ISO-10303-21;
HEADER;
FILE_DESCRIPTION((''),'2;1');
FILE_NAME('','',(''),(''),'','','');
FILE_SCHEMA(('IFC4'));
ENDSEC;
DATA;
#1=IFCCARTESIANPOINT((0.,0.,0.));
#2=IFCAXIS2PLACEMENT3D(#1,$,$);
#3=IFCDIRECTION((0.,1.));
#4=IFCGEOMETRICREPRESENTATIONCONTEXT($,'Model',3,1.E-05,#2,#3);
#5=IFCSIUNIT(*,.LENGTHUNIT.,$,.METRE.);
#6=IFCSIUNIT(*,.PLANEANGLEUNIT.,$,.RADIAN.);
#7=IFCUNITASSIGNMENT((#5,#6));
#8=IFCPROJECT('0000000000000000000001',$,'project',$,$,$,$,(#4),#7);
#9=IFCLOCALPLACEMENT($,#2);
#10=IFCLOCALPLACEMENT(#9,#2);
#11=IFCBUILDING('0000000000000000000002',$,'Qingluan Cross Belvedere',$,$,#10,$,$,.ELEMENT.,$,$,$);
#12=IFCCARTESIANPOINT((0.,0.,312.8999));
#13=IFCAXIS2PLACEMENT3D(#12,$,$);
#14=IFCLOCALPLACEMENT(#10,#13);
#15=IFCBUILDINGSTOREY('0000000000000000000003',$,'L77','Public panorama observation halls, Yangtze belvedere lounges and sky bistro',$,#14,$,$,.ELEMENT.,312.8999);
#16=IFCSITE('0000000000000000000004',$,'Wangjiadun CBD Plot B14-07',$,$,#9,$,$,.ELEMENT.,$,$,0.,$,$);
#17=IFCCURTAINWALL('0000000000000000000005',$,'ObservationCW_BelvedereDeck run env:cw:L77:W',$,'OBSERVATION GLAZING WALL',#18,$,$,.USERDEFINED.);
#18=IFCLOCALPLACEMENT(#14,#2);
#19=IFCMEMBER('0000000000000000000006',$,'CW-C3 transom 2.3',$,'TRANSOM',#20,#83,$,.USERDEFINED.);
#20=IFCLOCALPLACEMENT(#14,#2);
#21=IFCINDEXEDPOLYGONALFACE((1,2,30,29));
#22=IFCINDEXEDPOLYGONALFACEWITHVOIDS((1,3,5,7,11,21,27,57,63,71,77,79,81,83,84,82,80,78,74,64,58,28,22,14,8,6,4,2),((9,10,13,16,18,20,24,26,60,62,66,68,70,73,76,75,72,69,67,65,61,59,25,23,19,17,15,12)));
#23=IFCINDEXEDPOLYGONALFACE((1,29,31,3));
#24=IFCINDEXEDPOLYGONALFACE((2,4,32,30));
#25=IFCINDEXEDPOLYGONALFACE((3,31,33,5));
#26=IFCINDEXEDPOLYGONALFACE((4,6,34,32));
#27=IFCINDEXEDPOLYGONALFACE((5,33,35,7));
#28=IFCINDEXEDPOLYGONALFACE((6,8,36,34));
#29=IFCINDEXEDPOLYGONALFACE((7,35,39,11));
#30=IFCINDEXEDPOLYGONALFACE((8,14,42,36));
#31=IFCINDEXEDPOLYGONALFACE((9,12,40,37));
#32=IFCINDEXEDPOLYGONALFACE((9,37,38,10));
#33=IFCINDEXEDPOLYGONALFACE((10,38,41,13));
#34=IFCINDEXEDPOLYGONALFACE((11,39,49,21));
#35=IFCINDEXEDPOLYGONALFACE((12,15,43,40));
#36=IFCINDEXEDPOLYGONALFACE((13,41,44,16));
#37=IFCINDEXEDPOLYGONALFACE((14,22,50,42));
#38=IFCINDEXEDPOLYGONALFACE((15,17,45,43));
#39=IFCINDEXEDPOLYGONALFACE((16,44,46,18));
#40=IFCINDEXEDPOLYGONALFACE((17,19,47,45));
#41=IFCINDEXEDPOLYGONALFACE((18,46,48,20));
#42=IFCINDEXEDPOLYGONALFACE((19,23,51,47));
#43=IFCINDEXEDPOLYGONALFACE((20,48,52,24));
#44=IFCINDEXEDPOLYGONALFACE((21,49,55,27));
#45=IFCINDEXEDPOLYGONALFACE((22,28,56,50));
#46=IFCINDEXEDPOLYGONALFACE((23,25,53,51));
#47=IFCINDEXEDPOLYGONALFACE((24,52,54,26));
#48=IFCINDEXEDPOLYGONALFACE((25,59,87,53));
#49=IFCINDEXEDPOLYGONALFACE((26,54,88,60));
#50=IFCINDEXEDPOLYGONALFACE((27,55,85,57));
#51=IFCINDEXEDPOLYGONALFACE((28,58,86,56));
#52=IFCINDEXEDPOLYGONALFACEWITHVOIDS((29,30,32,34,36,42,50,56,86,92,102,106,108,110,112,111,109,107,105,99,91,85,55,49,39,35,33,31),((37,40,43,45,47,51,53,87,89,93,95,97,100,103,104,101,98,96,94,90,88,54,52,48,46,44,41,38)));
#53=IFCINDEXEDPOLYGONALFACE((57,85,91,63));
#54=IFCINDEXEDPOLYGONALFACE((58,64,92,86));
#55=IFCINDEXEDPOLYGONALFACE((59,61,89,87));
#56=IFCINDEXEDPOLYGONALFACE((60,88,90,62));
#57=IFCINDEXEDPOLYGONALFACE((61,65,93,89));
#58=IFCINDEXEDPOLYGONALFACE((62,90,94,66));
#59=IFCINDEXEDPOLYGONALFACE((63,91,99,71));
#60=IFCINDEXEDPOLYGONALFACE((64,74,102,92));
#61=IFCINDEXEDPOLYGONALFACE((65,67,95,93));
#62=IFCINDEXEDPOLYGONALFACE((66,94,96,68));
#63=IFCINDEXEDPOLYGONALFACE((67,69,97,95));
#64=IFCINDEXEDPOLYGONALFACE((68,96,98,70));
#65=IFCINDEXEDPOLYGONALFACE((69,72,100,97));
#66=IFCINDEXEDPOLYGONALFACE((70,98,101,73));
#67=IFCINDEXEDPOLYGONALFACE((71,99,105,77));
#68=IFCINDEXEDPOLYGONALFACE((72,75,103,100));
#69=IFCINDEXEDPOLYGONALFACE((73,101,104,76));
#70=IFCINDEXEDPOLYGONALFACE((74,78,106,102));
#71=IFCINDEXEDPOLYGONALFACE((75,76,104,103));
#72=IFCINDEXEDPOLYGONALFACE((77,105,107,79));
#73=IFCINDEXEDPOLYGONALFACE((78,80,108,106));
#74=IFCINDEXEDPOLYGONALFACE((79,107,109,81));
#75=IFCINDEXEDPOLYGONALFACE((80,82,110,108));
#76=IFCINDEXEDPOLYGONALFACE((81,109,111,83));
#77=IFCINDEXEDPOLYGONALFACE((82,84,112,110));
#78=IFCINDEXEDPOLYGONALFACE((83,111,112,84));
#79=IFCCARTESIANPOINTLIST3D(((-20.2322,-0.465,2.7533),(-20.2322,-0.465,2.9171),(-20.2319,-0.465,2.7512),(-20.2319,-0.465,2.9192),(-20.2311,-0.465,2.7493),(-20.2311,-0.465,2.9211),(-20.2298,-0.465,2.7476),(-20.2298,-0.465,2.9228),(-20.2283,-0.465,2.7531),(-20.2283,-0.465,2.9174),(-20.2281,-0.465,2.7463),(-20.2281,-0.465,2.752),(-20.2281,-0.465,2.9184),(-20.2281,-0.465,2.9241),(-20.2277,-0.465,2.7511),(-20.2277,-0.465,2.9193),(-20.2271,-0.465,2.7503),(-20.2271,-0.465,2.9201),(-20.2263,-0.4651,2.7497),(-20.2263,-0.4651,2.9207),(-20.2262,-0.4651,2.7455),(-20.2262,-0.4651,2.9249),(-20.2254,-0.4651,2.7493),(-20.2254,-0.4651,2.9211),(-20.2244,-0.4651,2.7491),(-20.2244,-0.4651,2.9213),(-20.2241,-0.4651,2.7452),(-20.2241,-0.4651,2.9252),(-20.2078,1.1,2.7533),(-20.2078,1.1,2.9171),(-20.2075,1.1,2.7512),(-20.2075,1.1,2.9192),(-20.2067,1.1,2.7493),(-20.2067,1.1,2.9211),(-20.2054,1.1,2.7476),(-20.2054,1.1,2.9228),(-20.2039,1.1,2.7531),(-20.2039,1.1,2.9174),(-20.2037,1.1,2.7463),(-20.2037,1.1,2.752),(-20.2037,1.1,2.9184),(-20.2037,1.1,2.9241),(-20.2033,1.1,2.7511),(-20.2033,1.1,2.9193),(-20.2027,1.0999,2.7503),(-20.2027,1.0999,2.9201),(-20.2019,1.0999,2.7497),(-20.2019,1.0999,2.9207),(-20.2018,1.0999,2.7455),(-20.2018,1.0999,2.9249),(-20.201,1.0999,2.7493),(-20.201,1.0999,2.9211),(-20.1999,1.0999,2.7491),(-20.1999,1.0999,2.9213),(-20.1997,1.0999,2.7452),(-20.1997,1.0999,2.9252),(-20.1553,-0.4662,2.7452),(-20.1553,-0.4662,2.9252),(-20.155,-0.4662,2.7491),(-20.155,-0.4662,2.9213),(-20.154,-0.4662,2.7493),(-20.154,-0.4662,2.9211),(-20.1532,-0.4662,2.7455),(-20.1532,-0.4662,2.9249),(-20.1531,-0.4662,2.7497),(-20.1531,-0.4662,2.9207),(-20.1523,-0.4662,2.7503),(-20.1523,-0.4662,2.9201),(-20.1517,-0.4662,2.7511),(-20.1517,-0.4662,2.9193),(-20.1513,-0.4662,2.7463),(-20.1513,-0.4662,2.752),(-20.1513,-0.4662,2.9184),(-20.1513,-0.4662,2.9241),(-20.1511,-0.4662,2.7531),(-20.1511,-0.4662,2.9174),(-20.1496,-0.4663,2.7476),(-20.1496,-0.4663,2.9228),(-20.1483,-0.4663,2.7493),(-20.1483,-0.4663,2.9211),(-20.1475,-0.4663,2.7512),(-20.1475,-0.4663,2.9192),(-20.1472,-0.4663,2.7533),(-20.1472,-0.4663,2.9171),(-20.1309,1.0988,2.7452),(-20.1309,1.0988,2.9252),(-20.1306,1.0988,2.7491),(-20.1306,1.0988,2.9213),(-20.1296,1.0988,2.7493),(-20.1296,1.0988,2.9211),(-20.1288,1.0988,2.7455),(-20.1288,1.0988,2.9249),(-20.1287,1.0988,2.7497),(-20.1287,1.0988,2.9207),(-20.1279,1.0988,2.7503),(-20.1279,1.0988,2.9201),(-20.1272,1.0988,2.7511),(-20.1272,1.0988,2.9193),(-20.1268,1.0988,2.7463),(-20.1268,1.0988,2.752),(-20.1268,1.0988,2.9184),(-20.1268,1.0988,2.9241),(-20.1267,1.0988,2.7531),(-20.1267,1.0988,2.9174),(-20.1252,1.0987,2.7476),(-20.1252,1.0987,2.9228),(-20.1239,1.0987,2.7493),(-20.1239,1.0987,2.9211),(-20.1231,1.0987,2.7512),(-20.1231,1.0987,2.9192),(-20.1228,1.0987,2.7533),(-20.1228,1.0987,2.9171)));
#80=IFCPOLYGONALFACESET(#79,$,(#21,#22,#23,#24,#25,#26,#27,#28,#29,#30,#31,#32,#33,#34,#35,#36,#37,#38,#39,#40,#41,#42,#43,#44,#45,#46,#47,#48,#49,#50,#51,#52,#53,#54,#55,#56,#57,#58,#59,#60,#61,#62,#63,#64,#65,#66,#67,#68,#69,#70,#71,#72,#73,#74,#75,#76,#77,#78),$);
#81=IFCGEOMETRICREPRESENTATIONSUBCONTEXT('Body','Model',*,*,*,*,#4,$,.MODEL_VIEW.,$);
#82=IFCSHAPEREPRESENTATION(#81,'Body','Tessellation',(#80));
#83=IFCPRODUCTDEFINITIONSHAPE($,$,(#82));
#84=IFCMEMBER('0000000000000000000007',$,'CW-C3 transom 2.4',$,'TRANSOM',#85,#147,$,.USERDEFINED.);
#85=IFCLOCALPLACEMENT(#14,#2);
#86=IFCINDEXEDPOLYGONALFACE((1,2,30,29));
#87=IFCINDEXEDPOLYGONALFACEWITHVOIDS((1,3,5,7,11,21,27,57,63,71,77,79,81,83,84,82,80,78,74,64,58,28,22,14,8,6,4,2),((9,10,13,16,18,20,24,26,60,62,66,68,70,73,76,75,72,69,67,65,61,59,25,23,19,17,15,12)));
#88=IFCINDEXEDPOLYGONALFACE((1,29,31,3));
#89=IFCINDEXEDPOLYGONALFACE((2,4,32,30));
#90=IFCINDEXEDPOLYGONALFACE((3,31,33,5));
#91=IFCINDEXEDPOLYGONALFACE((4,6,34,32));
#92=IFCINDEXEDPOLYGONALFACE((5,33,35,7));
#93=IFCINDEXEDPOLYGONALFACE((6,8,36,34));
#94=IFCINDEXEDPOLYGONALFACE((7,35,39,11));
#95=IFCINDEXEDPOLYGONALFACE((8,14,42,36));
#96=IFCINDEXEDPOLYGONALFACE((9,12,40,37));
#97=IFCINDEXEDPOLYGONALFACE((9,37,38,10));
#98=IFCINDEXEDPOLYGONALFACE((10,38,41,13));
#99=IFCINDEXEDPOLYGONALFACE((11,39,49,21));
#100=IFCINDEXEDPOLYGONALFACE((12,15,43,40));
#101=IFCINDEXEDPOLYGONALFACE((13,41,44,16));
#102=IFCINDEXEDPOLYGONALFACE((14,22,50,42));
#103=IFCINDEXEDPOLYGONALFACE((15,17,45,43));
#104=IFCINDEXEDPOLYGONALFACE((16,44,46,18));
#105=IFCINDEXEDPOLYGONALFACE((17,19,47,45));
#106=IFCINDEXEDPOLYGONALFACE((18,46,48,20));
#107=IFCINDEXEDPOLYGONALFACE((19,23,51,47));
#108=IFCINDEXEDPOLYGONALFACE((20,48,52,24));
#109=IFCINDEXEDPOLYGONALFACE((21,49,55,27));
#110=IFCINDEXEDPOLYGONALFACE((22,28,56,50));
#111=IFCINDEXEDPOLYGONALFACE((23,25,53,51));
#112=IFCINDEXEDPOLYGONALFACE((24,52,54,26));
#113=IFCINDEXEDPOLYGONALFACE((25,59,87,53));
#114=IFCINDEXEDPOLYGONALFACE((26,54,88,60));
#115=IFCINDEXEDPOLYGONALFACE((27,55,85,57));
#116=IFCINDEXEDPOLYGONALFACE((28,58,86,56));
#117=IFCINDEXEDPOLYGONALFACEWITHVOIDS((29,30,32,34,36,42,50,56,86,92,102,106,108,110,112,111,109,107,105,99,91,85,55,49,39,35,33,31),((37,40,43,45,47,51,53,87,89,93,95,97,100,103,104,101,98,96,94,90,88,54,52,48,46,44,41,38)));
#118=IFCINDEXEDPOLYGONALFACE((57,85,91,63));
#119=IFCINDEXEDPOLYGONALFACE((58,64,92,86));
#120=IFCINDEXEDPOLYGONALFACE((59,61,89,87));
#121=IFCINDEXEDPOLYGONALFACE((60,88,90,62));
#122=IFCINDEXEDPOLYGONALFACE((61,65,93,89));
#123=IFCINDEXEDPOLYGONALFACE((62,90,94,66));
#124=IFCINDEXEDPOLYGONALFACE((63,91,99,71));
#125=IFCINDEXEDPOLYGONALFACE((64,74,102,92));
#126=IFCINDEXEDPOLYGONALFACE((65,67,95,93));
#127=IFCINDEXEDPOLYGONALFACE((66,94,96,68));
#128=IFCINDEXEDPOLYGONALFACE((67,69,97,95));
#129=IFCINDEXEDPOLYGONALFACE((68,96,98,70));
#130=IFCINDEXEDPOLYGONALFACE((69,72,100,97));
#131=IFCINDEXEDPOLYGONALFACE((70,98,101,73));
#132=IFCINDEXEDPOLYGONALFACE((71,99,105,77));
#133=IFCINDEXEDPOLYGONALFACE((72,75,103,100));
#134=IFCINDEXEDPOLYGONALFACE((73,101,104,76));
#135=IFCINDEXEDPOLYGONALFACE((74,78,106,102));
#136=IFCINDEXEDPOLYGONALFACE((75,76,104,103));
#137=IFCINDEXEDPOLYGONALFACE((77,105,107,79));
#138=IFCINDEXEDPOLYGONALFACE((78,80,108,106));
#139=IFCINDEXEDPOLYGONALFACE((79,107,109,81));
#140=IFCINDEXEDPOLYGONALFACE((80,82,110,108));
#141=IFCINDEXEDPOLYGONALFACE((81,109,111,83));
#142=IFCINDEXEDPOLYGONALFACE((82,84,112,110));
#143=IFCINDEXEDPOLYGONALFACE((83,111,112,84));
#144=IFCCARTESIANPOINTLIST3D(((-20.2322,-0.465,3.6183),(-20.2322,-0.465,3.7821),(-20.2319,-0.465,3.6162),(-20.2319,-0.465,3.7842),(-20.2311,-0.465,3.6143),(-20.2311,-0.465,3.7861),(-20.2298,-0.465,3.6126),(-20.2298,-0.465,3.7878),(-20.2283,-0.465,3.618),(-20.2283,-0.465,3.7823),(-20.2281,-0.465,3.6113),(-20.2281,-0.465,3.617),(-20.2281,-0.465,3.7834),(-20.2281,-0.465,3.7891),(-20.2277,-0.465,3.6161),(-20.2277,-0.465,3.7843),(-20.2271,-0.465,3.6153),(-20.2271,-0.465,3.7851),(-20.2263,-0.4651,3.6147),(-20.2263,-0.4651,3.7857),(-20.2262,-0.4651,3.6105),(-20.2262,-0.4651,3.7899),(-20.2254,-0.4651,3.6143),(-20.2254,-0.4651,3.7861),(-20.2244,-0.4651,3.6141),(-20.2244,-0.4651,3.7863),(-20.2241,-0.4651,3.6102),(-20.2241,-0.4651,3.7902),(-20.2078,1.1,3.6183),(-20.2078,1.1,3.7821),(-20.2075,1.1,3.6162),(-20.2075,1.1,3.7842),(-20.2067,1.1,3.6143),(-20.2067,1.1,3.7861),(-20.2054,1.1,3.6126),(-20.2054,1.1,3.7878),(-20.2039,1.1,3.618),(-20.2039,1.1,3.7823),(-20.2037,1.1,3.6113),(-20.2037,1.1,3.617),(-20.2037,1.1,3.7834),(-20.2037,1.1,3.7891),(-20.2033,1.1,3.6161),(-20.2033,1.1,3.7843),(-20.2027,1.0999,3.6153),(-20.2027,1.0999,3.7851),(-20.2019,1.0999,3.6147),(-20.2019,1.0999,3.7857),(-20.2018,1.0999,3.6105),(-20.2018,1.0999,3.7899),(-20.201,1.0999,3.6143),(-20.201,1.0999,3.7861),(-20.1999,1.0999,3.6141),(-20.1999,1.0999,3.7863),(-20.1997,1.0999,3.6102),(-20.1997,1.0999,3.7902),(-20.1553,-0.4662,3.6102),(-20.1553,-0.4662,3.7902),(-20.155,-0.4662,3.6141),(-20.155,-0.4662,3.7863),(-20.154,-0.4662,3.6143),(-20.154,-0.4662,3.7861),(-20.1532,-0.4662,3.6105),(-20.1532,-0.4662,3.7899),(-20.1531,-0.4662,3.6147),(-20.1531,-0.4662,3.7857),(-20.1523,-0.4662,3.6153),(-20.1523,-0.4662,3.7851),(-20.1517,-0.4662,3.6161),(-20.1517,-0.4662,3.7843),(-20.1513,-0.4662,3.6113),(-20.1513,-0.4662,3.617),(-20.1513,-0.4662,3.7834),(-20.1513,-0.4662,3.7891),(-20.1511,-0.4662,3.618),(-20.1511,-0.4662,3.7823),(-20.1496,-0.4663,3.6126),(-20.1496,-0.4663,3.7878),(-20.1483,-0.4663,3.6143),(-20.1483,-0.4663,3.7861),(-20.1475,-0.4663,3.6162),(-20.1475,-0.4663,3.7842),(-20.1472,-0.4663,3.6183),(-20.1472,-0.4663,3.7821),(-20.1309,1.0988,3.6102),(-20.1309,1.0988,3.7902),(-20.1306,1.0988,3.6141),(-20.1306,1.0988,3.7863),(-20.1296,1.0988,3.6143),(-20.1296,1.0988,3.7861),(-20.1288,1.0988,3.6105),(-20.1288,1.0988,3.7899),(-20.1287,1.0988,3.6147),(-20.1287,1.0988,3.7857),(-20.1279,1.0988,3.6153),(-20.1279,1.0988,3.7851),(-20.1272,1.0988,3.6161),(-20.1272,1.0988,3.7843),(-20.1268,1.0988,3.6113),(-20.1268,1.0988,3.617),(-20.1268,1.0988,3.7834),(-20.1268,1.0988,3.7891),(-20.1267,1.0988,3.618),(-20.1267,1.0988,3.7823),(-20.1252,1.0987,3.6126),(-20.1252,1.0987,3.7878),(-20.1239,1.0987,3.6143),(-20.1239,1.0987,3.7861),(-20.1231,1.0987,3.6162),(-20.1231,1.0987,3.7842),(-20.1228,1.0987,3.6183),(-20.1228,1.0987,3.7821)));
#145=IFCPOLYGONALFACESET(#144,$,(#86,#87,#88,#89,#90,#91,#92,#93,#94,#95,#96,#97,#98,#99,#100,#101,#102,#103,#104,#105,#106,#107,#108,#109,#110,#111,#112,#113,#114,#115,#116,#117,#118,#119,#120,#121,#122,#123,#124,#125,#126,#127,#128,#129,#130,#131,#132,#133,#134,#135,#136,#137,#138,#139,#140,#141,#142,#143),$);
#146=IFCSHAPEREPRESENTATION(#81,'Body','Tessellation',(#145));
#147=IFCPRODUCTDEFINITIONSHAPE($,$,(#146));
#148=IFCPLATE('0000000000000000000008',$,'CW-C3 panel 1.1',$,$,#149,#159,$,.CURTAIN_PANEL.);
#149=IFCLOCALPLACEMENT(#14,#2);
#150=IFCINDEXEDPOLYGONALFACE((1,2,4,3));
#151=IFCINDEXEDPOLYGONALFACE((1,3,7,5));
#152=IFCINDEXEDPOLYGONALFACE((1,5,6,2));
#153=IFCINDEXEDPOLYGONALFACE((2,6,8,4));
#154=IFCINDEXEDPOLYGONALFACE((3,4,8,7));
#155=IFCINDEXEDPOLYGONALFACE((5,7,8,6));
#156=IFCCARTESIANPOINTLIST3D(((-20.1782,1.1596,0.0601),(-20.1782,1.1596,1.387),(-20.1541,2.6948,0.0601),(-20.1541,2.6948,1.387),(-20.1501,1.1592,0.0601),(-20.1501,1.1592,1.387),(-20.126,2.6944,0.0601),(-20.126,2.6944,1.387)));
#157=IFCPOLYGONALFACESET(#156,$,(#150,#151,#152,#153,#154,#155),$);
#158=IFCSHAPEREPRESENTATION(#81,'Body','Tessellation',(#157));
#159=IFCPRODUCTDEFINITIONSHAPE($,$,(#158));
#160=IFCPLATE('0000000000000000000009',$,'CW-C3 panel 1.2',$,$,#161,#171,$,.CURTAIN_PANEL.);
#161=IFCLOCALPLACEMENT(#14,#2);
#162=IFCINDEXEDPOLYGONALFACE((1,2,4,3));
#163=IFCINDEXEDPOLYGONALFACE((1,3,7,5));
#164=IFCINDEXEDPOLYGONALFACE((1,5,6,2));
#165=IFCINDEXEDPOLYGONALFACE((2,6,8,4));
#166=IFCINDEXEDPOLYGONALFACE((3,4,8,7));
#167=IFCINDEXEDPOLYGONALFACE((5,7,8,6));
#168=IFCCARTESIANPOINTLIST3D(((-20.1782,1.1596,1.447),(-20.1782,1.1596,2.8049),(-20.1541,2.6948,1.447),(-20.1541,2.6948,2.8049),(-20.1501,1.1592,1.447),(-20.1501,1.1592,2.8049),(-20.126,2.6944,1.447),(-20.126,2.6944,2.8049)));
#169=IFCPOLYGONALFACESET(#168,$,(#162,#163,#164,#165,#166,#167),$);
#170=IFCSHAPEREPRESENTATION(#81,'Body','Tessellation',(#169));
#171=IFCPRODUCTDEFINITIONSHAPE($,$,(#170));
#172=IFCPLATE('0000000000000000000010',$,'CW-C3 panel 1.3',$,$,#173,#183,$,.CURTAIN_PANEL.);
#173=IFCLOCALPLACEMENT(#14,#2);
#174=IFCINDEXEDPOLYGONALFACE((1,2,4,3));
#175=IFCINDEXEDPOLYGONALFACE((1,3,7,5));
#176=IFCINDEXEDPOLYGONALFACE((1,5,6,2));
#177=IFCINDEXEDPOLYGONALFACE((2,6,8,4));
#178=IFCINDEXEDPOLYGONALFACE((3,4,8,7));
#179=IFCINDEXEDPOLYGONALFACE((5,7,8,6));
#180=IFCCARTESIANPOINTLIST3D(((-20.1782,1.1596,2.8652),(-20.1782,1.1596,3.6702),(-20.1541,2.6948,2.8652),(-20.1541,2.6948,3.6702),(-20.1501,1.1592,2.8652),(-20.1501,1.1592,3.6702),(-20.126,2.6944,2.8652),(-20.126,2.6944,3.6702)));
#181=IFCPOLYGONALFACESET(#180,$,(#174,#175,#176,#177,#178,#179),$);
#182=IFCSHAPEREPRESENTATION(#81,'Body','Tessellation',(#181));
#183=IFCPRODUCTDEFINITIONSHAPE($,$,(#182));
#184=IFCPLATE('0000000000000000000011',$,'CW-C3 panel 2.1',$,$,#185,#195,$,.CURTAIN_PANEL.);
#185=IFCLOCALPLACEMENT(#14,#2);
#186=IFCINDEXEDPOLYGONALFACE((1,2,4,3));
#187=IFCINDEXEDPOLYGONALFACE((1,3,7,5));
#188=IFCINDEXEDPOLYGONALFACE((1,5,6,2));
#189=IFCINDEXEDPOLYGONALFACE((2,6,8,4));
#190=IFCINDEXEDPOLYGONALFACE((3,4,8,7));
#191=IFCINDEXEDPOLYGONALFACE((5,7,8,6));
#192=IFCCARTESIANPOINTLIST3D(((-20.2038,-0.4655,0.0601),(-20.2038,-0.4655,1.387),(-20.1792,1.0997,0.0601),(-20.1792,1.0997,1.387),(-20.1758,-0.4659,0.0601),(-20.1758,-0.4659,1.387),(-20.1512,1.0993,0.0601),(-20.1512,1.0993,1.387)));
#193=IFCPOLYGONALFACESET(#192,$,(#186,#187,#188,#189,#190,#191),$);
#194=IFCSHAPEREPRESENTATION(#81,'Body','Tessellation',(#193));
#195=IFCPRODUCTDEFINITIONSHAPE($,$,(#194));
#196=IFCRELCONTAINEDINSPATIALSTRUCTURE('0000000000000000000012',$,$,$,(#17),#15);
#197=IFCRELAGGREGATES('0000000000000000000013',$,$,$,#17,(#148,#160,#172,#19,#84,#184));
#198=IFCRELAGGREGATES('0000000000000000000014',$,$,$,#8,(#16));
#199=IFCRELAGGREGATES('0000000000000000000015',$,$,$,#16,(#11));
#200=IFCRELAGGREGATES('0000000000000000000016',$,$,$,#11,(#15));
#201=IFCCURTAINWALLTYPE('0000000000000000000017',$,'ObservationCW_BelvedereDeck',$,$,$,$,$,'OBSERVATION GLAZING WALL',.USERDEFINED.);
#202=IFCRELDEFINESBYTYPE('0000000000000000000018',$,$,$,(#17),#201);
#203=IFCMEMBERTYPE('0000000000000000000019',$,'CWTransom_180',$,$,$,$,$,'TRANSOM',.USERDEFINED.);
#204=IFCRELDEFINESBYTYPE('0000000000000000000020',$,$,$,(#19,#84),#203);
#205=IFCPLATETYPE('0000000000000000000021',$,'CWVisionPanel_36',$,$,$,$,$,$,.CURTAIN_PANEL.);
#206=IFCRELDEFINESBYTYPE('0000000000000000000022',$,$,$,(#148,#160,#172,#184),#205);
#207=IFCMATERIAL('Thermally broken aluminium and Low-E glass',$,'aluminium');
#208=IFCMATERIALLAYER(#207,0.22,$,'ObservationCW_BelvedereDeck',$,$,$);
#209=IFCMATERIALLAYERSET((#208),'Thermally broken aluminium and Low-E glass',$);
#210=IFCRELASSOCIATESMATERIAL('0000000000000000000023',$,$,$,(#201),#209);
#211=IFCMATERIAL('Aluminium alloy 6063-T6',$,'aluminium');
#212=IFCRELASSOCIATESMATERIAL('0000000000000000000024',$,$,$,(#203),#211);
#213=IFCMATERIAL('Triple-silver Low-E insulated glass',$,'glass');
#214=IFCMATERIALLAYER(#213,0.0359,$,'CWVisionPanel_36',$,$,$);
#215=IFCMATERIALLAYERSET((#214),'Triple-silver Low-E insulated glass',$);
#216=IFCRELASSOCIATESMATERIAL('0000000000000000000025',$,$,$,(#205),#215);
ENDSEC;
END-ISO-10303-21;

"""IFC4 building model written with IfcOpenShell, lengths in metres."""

from ifc_helpers import new_model, si_unit, direction, frame, origin, origin_2d, place, context, subcontext, project, spatial, rectangle, hollow_rectangle, extrude, material, layer, layer_set, material_profile, profile_set, type_object, element, aggregate, save


model = new_model("IFC4")

# Units and contexts
model_context = context("Model", 3, precision=1e-05, world=origin(), true_north=direction((0.0, 1.0)))
body_context = subcontext(model_context, "Body", "Model", "MODEL_VIEW")
ifc_project = project(units=[si_unit("LENGTHUNIT", "METRE"), si_unit("PLANEANGLEUNIT", "RADIAN")], contexts=[model_context])

# Site, building, storey
site_placement = place(None, origin())
site = spatial("IfcSite", under=ifc_project, at=site_placement, Name="Wangjiadun CBD Plot B14-07", CompositionType="ELEMENT", RefElevation=0.0)
building_placement = place(site_placement, origin())
building = spatial("IfcBuilding", under=site, at=building_placement, Name="Qingluan Cross Belvedere", CompositionType="ELEMENT")
storey_placement = place(building_placement, frame((0.0, 0.0, 312.8999)))
storey = spatial("IfcBuildingStorey", under=building, at=storey_placement, Name="L77", Description="Public panorama observation halls, Yangtze belvedere lounges and sky bistro", CompositionType="ELEMENT", Elevation=312.8999)

# Curtain wall, members, plates
ifc_material_1 = material(Name="Thermally broken aluminium and Low-E glass", Category="aluminium")
ifc_layer_1 = layer(ifc_material_1, 0.22, Name="ObservationCW_BelvedereDeck")
ifc_layer_set_1 = layer_set([ifc_layer_1], Name="Thermally broken aluminium and Low-E glass")
curtain_wall_type = type_object("IfcCurtainWallType", Name="ObservationCW_BelvedereDeck", ElementType="OBSERVATION GLAZING WALL", PredefinedType="USERDEFINED", material=ifc_layer_set_1)
curtain_wall_placement = place(storey_placement, origin())
curtain_wall = element("IfcCurtainWall", 1, at=curtain_wall_placement, inside=storey, type_object=curtain_wall_type, Name="ObservationCW_BelvedereDeck run env:cw:L77:W", ObjectType="OBSERVATION GLAZING WALL", PredefinedType="USERDEFINED")
ifc_material_2 = material(Name="Aluminium alloy 6063-T6", Category="aluminium")
ifc_material_profile_1 = material_profile(ifc_material_2, hollow_rectangle(XDim=0.085, YDim=0.1799, WallThickness=0.0039, InnerFilletRadius=0.0039, OuterFilletRadius=0.0081, at=origin_2d()), Name="CWT180x85x4")
ifc_profile_set_1 = profile_set([ifc_material_profile_1], Name="Aluminium alloy 6063-T6")
member_type_1 = type_object("IfcMemberType", Name="CWTransom_180", ElementType="TRANSOM", PredefinedType="USERDEFINED", material=ifc_profile_set_1)
member_1_placement = place(storey_placement, frame((-20.1653, 1.0994, 2.8352), z_axis=(-0.015599, -0.999878, 0.0), x_axis=(0.999878, -0.015599, 0.0)))
member_1 = element("IfcMember", 2, at=member_1_placement, type_object=member_type_1, Name="CW-C3 transom 2.3", ObjectType="TRANSOM", PredefinedType="USERDEFINED", context=body_context, shape_type="SweptSolid", body=[
    extrude(hollow_rectangle(XDim=0.085, YDim=0.1799, WallThickness=0.0039, InnerFilletRadius=0.0039, OuterFilletRadius=0.0081, at=origin_2d()), origin(), (0.0, 0.0, 1.0), 1.5652),
])
member_2_placement = place(storey_placement, frame((-20.1653, 1.0994, 3.7002), z_axis=(-0.015599, -0.999878, 0.0), x_axis=(0.999878, -0.015599, 0.0)))
member_2 = element("IfcMember", 3, at=member_2_placement, type_object=member_type_1, Name="CW-C3 transom 2.4", ObjectType="TRANSOM", PredefinedType="USERDEFINED", context=body_context, shape_type="SweptSolid", body=[
    extrude(hollow_rectangle(XDim=0.085, YDim=0.1799, WallThickness=0.0039, InnerFilletRadius=0.0039, OuterFilletRadius=0.0081, at=origin_2d()), origin(), (0.0, 0.0, 1.0), 1.5652),
])
ifc_material_3 = material(Name="Triple-silver Low-E insulated glass", Category="glass")
ifc_layer_2 = layer(ifc_material_3, 0.0359, Name="CWVisionPanel_36")
ifc_layer_set_2 = layer_set([ifc_layer_2], Name="Triple-silver Low-E insulated glass")
plate_type = type_object("IfcPlateType", Name="CWVisionPanel_36", PredefinedType="CURTAIN_PANEL", material=ifc_layer_set_2)
plate_1_placement = place(storey_placement, frame((-20.1521, 1.927, 0.0601), z_axis=(0.0, 0.0, 1.0), x_axis=(-0.01571, -0.999877, 0.0)))
plate_1 = element("IfcPlate", 4, at=plate_1_placement, type_object=plate_type, Name="CW-C3 panel 1.1", PredefinedType="CURTAIN_PANEL", context=body_context, shape_type="SweptSolid", body=[
    extrude(rectangle(XDim=1.5354, YDim=0.0281, at=origin_2d()), origin(), (0.0, 0.0, 1.0), 1.3269),
])
plate_2_placement = place(storey_placement, frame((-20.1521, 1.927, 1.447), z_axis=(0.0, 0.0, 1.0), x_axis=(-0.01571, -0.999877, 0.0)))
plate_2 = element("IfcPlate", 5, at=plate_2_placement, type_object=plate_type, Name="CW-C3 panel 1.2", PredefinedType="CURTAIN_PANEL", context=body_context, shape_type="SweptSolid", body=[
    extrude(rectangle(XDim=1.5354, YDim=0.0281, at=origin_2d()), origin(), (0.0, 0.0, 1.0), 1.3579),
])
plate_3_placement = place(storey_placement, frame((-20.1521, 1.927, 2.8652), z_axis=(0.0, 0.0, 1.0), x_axis=(-0.01571, -0.999877, 0.0)))
plate_3 = element("IfcPlate", 6, at=plate_3_placement, type_object=plate_type, Name="CW-C3 panel 1.3", PredefinedType="CURTAIN_PANEL", context=body_context, shape_type="SweptSolid", body=[
    extrude(rectangle(XDim=1.5354, YDim=0.0281, at=origin_2d()), origin(), (0.0, 0.0, 1.0), 0.8049),
])
plate_4_placement = place(storey_placement, frame((-20.1775, 0.3169, 0.0601), z_axis=(0.0, 0.0, 1.0), x_axis=(-0.01571, -0.999877, 0.0)))
plate_4 = element("IfcPlate", 7, at=plate_4_placement, type_object=plate_type, Name="CW-C3 panel 2.1", PredefinedType="CURTAIN_PANEL", context=body_context, shape_type="SweptSolid", body=[
    extrude(rectangle(XDim=1.5654, YDim=0.0281, at=origin_2d()), origin(), (0.0, 0.0, 1.0), 1.3269),
])
aggregate(curtain_wall, [plate_1, plate_2, plate_3, member_1, member_2, plate_4])

save(model, "model.ifc")
